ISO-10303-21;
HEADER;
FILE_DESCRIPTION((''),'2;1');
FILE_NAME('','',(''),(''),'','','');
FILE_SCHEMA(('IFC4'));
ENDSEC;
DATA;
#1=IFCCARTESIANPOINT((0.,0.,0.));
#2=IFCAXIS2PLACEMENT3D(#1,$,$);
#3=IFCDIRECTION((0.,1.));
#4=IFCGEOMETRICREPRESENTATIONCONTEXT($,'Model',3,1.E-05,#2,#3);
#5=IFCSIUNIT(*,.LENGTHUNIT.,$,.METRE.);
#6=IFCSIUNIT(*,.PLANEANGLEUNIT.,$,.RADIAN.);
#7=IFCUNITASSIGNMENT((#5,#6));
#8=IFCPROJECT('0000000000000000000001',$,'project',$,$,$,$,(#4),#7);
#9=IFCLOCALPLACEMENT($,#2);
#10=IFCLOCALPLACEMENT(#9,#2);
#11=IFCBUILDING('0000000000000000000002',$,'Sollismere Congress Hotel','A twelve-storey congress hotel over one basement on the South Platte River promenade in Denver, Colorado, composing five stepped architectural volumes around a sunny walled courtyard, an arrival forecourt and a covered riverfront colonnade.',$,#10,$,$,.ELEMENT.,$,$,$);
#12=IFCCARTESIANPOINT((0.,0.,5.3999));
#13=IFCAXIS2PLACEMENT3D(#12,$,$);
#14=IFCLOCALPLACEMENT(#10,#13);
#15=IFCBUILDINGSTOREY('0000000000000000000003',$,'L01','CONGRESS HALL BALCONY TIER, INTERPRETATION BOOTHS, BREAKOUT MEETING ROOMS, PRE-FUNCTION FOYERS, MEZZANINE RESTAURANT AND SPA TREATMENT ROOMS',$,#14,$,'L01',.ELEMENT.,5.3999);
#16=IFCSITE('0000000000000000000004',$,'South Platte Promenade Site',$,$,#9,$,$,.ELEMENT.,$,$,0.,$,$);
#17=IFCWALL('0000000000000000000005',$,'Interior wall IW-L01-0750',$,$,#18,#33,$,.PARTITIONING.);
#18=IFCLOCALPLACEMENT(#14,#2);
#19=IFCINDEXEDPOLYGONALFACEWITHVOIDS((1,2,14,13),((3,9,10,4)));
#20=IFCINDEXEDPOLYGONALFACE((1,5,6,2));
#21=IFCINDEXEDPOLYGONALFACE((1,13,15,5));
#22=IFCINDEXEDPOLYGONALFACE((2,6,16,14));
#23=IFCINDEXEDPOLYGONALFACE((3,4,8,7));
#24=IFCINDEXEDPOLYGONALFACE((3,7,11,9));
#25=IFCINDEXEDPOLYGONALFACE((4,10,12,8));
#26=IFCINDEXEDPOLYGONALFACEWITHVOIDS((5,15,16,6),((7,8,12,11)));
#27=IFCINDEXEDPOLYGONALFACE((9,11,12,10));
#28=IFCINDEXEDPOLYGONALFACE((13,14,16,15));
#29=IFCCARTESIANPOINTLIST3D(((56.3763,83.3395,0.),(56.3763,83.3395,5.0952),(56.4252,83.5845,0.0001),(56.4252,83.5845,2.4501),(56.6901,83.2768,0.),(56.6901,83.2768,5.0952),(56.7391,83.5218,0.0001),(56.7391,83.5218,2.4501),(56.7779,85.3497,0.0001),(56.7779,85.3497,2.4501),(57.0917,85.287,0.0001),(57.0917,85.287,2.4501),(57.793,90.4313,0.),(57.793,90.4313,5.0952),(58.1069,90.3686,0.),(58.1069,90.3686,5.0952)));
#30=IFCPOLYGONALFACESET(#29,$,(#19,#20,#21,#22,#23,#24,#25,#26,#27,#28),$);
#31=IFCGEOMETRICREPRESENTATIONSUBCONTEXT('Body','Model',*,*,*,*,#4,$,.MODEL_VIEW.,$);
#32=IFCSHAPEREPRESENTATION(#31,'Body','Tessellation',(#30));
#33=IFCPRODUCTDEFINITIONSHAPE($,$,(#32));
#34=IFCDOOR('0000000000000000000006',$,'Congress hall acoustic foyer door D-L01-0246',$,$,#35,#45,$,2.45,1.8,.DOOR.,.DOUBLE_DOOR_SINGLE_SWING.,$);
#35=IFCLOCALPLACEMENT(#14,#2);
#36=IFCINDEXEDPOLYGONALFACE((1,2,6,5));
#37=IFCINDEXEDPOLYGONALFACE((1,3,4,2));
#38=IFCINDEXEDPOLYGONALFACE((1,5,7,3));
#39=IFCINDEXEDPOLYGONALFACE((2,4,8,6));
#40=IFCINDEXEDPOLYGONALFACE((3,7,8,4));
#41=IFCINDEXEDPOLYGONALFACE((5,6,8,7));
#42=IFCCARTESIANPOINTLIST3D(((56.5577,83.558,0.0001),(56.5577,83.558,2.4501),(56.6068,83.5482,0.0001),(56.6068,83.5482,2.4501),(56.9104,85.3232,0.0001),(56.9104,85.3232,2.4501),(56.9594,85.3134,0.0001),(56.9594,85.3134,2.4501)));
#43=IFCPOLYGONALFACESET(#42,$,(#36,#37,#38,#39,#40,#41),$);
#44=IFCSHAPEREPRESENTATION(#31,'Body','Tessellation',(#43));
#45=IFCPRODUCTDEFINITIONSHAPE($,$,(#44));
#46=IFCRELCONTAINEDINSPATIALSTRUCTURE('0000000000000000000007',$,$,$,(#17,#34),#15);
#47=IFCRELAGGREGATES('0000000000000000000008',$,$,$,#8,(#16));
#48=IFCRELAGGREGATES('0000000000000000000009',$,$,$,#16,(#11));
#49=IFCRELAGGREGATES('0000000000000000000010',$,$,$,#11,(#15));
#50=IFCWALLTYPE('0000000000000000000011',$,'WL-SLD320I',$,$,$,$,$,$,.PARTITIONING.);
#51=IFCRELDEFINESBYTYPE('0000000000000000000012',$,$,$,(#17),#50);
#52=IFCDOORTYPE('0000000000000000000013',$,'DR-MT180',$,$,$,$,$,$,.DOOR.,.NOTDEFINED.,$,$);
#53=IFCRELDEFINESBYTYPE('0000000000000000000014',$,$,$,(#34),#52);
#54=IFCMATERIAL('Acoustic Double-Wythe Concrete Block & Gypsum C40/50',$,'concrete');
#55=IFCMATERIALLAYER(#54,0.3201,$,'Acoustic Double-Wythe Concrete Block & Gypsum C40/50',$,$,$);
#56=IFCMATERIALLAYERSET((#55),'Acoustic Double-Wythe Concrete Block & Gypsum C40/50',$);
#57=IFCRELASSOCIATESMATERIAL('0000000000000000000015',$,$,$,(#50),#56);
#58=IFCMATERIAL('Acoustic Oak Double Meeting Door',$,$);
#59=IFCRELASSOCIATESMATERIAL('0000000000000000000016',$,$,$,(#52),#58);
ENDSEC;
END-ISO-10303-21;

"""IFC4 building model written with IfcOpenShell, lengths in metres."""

from ifc_helpers import new_model, si_unit, direction, frame, frame_2d, origin, place, context, subcontext, project, spatial, rectangle, extrude, material, layer, layer_set, type_object, element, fill, save


model = new_model("IFC4")

# Units and contexts
model_context = context("Model", 3, precision=1e-05, world=origin(), true_north=direction((0.0, 1.0)))
body_context = subcontext(model_context, "Body", "Model", "MODEL_VIEW")
ifc_project = project(units=[si_unit("LENGTHUNIT", "METRE"), si_unit("PLANEANGLEUNIT", "RADIAN")], contexts=[model_context])

# Site, building, storey
site_placement = place(None, origin())
site = spatial("IfcSite", under=ifc_project, at=site_placement, Name="South Platte Promenade Site", CompositionType="ELEMENT", RefElevation=0.0)
building_placement = place(site_placement, origin())
building = spatial("IfcBuilding", under=site, at=building_placement, Name="Sollismere Congress Hotel", Description="A twelve-storey congress hotel over one basement on the South Platte River promenade in Denver, Colorado, composing five stepped architectural volumes around a sunny walled courtyard, an arrival forecourt and a covered riverfront colonnade.", CompositionType="ELEMENT")
storey_placement = place(building_placement, frame((0.0, 0.0, 5.3999)))
storey = spatial("IfcBuildingStorey", under=building, at=storey_placement, Name="L01", Description="CONGRESS HALL BALCONY TIER, INTERPRETATION BOOTHS, BREAKOUT MEETING ROOMS, PRE-FUNCTION FOYERS, MEZZANINE RESTAURANT AND SPA TREATMENT ROOMS", LongName="L01", CompositionType="ELEMENT", Elevation=5.3999)

# Wall, opening, door
ifc_material_1 = material(Name="Acoustic Double-Wythe Concrete Block & Gypsum C40/50", Category="concrete")
ifc_layer_1 = layer(ifc_material_1, 0.3201, Name="Acoustic Double-Wythe Concrete Block & Gypsum C40/50")
ifc_layer_set_1 = layer_set([ifc_layer_1], Name="Acoustic Double-Wythe Concrete Block & Gypsum C40/50")
wall_type_1 = type_object("IfcWallType", Name="WL-SLD320I", PredefinedType="PARTITIONING", material=ifc_layer_set_1)
ifc_material_2 = material(Name="Acoustic Oak Double Meeting Door")
door_type = type_object("IfcDoorType", Name="DR-MT180", OperationType="NOTDEFINED", PredefinedType="DOOR", material=ifc_material_2)
wall_1_placement = place(storey_placement, frame((56.5332, 83.3081, 0.0), z_axis=(0.0, 0.0, 1.0), x_axis=(0.195902, 0.980623, 0.0)))
wall_1 = element("IfcWall", 1, at=wall_1_placement, inside=storey, type_object=wall_type_1, Name="Interior wall IW-L01-0750", PredefinedType="PARTITIONING", context=body_context, shape_type="SweptSolid", body=[
    extrude(rectangle(XDim=7.2319, YDim=0.3201, at=frame_2d((3.616, 0.0))), origin(), (0.0, 0.0, 1.0), 5.0952),
])
opening_1_placement = place(wall_1_placement, frame((0.25, 0.0, 0.0)))
opening_1 = element("IfcOpeningElement", 2, at=opening_1_placement, cuts=wall_1, PredefinedType="OPENING", context=body_context, shape_type="SweptSolid", body=[
    extrude(rectangle(XDim=1.8, YDim=2.45, at=frame_2d((0.8999, 1.2251))), frame((0.0, 0.1699, 0.0), z_axis=(0.0, -1.0, 0.0), x_axis=(1.0, 0.0, 0.0)), (0.0, 0.0, 1.0), 0.3401),
])
door_1_placement = place(opening_1_placement, origin())
door_1 = element("IfcDoor", 3, at=door_1_placement, inside=storey, type_object=door_type, Name="Congress hall acoustic foyer door D-L01-0246", OperationType="DOUBLE_DOOR_SINGLE_SWING", OverallHeight=2.45, OverallWidth=1.8, PredefinedType="DOOR", context=body_context, shape_type="SweptSolid", body=[
    extrude(rectangle(XDim=1.8, YDim=2.45, at=frame_2d((0.8999, 1.2251))), frame((0.0, 0.0249, 0.0), z_axis=(0.0, -1.0, 0.0), x_axis=(1.0, 0.0, 0.0)), (0.0, 0.0, 1.0), 0.05),
])
fill(opening_1, door_1)

save(model, "model.ifc")
